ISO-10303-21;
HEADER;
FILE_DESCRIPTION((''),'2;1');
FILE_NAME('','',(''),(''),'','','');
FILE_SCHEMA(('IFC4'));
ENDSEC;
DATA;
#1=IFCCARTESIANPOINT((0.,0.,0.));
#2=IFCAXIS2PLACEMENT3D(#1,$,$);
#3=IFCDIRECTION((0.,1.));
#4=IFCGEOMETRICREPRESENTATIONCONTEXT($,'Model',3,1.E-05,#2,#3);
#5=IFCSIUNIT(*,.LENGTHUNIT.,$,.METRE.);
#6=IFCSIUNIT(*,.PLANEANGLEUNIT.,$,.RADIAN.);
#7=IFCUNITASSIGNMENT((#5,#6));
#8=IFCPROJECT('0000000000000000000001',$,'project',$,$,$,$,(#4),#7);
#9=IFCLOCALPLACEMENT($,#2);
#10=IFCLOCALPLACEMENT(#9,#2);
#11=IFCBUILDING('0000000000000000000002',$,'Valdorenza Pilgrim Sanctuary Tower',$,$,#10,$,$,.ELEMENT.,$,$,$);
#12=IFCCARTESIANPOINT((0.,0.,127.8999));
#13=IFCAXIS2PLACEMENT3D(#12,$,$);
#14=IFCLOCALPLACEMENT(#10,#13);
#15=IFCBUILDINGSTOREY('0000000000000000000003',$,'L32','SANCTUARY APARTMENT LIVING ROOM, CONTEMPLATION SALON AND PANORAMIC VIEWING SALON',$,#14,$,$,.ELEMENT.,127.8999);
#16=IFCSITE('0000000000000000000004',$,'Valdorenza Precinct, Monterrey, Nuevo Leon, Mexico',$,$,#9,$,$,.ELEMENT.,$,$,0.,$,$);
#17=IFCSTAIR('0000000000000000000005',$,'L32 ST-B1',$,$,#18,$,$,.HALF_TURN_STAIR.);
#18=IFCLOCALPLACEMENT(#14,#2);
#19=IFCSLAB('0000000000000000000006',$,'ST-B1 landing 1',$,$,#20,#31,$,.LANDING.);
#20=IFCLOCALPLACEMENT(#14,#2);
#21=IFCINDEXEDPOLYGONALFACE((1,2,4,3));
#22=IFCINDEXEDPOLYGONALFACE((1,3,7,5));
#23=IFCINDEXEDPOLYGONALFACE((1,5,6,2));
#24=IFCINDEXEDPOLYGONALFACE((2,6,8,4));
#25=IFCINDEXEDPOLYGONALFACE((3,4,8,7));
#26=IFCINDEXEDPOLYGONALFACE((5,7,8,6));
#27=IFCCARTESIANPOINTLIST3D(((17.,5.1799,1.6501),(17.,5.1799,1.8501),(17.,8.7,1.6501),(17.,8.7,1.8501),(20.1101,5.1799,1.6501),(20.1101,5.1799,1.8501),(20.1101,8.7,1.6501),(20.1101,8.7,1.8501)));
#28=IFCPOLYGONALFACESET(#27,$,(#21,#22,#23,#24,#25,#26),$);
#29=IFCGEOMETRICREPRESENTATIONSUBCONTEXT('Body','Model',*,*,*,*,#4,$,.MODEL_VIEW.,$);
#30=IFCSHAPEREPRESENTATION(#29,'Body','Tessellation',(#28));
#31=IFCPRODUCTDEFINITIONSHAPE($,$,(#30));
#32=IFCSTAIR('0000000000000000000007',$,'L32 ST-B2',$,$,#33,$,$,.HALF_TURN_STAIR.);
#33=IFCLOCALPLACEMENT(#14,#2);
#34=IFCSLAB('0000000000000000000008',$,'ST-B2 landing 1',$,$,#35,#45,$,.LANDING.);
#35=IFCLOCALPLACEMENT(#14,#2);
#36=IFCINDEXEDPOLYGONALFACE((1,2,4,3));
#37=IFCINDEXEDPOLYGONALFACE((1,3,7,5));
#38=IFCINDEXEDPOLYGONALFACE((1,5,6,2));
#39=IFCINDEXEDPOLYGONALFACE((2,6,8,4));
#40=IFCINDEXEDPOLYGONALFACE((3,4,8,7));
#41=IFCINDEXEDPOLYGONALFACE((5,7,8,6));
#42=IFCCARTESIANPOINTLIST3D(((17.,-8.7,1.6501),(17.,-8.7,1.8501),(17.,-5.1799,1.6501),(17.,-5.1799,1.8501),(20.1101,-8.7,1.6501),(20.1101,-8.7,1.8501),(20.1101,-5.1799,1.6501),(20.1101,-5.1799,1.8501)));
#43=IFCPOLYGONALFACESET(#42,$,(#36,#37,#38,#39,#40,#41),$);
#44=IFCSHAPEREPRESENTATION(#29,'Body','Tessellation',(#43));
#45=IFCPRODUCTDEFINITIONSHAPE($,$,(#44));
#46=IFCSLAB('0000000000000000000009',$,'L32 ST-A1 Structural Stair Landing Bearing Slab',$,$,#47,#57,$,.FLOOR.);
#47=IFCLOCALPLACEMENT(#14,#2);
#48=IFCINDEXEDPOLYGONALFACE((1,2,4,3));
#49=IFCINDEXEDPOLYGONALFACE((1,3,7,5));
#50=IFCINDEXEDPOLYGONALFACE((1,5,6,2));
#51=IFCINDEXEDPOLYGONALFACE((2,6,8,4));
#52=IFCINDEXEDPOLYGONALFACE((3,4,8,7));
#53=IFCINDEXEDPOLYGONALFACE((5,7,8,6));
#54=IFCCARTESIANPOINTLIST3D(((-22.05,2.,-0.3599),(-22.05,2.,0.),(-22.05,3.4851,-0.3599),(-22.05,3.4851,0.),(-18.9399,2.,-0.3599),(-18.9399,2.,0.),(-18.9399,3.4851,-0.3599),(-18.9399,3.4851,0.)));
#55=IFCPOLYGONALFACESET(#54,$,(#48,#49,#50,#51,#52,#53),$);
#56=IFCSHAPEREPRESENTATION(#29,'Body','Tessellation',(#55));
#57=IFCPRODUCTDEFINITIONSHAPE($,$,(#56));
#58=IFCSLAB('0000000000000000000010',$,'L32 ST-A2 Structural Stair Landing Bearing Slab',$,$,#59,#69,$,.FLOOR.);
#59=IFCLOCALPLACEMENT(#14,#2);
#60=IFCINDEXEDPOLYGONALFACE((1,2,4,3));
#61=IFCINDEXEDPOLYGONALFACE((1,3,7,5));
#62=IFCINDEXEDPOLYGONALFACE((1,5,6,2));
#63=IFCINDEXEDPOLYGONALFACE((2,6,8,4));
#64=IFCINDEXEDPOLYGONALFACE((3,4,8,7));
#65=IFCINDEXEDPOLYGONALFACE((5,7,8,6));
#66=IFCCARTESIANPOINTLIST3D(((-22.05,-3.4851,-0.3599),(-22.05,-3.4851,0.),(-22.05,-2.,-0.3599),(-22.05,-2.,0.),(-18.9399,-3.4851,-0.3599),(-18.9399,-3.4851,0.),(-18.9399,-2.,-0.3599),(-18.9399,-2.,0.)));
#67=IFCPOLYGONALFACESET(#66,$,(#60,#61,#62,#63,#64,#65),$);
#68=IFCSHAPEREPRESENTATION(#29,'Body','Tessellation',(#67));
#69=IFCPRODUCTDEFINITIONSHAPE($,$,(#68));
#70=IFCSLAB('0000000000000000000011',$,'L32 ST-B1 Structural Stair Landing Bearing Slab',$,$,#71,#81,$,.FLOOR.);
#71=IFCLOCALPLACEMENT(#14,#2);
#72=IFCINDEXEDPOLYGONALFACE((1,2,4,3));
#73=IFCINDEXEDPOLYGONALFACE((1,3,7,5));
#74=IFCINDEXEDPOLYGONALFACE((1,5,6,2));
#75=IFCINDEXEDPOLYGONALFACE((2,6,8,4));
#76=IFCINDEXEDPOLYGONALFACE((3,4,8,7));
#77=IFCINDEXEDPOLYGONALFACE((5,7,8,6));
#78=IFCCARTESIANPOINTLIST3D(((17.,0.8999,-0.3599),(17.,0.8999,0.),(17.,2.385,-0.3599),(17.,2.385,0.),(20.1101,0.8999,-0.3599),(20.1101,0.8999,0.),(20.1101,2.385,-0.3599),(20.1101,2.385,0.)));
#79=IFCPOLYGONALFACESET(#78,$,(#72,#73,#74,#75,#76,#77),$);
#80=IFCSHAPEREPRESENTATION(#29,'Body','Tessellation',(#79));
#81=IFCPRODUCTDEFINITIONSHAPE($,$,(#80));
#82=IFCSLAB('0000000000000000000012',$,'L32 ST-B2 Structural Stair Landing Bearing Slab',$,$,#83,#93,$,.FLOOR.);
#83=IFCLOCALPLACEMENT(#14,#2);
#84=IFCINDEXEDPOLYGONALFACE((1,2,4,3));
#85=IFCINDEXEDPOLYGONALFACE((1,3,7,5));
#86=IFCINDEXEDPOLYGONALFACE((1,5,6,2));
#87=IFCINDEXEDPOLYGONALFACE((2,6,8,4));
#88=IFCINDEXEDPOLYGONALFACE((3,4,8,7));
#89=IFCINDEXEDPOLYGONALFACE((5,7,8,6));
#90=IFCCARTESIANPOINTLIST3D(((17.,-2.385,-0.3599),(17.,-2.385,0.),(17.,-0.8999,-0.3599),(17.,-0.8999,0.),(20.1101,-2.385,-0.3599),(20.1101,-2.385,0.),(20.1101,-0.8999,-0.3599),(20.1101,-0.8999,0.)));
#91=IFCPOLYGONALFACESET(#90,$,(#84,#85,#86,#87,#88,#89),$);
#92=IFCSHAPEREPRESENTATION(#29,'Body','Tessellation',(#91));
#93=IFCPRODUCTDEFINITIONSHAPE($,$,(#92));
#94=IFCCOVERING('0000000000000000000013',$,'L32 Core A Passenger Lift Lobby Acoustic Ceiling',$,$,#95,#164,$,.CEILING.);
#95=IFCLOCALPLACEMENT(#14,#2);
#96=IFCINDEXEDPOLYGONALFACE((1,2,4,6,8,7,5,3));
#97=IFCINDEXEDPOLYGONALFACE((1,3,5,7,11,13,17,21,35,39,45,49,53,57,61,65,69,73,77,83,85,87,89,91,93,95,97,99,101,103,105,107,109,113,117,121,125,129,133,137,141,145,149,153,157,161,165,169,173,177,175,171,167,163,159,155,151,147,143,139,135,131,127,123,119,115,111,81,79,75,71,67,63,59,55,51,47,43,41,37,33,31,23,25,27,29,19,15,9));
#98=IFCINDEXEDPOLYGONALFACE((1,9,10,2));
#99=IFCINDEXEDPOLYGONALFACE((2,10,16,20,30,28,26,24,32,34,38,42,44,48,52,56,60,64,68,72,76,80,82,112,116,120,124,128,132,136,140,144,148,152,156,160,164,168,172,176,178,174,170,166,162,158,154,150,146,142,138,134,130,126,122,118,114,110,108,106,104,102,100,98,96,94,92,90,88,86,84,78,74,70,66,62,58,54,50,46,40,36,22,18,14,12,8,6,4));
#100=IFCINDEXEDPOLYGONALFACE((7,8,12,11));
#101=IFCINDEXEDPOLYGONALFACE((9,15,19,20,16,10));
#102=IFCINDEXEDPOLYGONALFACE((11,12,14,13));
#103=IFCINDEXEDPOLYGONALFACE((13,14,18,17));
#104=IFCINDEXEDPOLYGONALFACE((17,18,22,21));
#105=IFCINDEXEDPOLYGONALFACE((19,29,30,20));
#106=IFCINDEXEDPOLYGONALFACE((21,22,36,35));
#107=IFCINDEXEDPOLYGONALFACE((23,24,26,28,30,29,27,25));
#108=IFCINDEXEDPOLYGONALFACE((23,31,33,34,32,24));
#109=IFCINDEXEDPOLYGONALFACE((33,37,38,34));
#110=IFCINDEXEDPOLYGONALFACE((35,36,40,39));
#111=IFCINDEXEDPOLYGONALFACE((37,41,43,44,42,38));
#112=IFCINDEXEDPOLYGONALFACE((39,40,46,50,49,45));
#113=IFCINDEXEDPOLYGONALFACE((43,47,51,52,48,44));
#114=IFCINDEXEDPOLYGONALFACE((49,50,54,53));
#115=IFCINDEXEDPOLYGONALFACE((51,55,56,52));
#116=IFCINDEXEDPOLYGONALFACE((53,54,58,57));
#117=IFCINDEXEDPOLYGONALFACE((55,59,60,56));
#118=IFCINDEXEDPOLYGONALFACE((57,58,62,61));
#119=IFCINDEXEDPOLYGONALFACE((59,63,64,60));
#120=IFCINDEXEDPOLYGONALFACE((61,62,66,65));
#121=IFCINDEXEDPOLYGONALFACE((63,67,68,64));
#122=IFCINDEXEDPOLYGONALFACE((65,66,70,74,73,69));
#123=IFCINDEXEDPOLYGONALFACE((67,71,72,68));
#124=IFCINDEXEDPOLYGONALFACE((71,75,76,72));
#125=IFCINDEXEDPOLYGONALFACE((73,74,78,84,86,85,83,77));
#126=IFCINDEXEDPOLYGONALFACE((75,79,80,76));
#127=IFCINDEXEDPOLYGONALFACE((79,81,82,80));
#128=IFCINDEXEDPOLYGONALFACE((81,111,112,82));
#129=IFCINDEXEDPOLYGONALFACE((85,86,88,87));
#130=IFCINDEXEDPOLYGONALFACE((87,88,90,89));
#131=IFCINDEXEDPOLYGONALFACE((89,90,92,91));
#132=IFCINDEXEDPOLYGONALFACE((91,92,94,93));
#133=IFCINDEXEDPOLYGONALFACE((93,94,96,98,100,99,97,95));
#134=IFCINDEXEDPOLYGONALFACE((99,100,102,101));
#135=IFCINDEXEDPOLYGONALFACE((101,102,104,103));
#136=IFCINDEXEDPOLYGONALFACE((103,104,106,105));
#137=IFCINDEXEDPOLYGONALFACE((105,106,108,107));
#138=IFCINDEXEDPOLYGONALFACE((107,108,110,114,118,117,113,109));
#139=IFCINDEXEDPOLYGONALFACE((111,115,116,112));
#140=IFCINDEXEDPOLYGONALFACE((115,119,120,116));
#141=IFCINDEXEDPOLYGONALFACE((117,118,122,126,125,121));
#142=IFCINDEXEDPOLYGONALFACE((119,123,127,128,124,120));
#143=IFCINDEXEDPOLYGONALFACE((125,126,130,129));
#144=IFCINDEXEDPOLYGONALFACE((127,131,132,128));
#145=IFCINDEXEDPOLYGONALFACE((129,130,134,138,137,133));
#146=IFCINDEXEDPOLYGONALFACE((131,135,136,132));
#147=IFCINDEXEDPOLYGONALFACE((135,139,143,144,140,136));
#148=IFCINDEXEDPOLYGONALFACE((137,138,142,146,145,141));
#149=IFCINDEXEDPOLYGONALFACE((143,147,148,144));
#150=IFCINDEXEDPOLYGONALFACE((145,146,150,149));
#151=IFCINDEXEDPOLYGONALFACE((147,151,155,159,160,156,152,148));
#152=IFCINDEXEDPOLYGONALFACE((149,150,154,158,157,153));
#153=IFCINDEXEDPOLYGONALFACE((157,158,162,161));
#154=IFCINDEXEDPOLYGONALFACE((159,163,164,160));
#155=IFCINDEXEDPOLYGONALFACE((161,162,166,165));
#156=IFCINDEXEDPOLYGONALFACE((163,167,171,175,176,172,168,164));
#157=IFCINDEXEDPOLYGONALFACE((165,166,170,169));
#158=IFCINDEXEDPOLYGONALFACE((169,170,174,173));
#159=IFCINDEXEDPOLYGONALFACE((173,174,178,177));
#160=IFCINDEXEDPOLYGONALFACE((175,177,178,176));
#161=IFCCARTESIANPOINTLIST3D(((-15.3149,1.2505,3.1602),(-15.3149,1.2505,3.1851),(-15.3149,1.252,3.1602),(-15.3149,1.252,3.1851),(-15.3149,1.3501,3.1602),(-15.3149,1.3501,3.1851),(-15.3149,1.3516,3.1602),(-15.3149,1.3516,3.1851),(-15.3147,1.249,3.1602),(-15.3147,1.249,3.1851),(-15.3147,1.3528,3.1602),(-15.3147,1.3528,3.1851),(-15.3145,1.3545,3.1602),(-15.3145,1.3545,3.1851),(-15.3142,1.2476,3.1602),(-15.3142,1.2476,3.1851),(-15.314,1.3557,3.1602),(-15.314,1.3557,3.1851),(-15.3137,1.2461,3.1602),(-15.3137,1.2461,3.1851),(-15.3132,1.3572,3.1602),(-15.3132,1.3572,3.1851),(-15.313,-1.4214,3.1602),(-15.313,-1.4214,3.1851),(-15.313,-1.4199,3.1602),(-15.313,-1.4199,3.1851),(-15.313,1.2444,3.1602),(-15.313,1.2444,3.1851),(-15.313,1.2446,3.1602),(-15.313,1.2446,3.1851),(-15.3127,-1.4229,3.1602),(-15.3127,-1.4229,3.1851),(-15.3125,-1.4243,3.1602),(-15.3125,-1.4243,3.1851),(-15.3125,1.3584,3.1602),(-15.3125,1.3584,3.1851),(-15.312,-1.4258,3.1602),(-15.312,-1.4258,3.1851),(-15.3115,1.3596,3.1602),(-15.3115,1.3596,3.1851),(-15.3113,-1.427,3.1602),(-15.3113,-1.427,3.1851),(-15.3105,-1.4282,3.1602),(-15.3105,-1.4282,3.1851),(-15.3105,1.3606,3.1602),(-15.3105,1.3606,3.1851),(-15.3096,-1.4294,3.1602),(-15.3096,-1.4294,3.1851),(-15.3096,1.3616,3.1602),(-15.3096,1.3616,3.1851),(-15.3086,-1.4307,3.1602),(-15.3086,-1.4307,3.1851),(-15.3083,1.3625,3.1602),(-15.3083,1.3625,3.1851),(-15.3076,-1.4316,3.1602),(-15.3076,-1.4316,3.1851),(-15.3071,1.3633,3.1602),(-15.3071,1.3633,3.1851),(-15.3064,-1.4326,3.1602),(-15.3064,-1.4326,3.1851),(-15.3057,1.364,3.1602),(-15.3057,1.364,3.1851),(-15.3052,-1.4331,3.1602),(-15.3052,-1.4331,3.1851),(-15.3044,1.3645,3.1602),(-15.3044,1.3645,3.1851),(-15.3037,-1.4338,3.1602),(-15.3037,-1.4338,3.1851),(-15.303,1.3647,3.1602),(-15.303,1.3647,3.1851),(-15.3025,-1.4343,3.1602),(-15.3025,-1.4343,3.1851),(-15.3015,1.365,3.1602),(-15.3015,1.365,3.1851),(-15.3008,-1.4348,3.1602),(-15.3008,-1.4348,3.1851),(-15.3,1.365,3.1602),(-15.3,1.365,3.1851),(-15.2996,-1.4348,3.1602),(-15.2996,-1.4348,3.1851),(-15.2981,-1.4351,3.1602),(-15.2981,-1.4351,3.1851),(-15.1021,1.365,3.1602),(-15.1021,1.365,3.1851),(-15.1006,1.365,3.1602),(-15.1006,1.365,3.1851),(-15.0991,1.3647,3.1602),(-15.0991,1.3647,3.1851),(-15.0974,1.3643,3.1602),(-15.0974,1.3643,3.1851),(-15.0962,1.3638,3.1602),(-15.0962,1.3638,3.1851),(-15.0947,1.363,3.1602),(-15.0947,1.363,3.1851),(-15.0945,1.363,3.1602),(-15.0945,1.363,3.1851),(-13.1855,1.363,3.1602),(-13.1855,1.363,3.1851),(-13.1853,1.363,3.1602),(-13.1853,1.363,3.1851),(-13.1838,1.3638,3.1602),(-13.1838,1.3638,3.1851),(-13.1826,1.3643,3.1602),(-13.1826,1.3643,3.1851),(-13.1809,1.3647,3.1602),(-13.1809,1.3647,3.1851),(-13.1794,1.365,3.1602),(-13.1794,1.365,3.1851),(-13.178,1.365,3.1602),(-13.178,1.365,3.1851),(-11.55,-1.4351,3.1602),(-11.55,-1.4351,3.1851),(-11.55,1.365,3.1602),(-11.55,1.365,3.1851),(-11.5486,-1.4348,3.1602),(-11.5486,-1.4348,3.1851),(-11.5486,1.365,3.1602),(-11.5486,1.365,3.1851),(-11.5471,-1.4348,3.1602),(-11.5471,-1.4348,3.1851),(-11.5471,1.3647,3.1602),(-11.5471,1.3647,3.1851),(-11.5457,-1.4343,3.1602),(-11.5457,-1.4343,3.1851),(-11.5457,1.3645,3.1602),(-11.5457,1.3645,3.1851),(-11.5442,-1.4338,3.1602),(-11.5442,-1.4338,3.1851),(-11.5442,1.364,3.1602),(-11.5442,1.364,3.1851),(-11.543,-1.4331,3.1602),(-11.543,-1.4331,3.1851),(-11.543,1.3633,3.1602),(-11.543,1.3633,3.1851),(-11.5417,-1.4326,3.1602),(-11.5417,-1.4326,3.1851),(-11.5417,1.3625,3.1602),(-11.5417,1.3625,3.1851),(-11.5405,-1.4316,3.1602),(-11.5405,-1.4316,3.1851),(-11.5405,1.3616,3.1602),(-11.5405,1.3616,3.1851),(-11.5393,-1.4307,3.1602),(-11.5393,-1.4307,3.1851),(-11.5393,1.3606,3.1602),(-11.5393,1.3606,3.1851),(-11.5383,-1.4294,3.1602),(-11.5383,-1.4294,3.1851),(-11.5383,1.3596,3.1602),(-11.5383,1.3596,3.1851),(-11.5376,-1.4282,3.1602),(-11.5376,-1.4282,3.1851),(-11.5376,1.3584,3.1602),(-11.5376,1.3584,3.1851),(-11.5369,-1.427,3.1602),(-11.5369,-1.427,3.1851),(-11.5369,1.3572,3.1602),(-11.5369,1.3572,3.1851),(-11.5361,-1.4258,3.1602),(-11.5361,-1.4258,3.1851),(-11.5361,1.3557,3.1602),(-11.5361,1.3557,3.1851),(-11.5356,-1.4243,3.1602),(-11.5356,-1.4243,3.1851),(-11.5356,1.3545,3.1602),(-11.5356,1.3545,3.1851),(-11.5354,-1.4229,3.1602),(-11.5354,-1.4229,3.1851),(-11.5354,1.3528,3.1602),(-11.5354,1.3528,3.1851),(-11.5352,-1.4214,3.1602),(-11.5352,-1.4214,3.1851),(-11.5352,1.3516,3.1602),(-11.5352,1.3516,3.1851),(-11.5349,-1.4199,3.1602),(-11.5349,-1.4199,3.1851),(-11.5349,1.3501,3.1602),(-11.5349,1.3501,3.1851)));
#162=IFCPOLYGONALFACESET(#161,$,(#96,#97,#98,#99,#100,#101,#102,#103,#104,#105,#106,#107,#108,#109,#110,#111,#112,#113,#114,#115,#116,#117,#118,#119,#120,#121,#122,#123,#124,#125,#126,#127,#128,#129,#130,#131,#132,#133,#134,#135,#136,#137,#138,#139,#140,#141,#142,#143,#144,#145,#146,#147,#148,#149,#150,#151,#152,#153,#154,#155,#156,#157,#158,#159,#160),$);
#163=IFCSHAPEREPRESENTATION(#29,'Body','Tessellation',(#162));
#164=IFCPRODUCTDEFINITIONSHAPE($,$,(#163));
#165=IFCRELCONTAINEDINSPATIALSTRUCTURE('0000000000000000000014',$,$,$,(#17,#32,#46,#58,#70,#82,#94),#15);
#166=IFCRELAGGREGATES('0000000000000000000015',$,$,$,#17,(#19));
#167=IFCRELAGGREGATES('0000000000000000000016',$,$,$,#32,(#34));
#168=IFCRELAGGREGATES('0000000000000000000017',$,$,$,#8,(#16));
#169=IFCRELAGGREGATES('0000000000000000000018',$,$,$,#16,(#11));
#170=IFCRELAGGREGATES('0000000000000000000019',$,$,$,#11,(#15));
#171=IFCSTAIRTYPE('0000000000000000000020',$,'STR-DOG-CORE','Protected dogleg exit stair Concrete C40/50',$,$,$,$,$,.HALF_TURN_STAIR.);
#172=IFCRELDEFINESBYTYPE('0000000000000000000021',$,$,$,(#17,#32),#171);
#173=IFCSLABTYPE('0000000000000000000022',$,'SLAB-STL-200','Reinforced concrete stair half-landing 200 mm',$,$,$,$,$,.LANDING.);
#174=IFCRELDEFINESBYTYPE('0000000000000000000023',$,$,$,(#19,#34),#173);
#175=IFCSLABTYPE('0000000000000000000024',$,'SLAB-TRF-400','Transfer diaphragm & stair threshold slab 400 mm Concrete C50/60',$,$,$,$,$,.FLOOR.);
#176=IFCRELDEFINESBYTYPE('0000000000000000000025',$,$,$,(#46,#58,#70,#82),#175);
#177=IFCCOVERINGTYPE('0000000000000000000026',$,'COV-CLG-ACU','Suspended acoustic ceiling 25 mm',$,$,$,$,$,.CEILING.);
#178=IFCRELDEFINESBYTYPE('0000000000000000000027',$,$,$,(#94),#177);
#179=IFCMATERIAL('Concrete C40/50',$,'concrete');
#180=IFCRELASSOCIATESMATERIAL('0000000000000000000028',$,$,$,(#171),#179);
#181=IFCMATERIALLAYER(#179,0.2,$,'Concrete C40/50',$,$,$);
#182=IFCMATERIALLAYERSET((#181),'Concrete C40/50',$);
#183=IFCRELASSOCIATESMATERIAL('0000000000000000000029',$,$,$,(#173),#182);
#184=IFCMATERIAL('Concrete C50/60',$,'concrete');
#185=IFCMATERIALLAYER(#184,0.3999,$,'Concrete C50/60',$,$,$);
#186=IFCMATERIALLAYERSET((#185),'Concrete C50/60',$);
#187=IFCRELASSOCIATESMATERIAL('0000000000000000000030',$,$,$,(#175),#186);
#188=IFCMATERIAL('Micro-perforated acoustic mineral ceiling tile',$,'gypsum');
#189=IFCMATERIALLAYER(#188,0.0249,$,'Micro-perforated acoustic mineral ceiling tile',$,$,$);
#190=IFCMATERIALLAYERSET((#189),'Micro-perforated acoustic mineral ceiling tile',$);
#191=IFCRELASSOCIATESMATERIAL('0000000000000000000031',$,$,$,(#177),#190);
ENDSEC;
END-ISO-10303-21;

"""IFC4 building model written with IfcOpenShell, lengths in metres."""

from ifc_helpers import new_model, si_unit, direction, frame, origin, place, context, subcontext, project, spatial, polyline, outline, extrude, material, layer, layer_set, type_object, element, aggregate, save


model = new_model("IFC4")

# Units and contexts
model_context = context("Model", 3, precision=1e-05, world=origin(), true_north=direction((0.0, 1.0)))
body_context = subcontext(model_context, "Body", "Model", "MODEL_VIEW")
ifc_project = project(units=[si_unit("LENGTHUNIT", "METRE"), si_unit("PLANEANGLEUNIT", "RADIAN")], contexts=[model_context])

# Site, building, storey
site_placement = place(None, origin())
site = spatial("IfcSite", under=ifc_project, at=site_placement, Name="Valdorenza Precinct, Monterrey, Nuevo Leon, Mexico", CompositionType="ELEMENT", RefElevation=0.0)
building_placement = place(site_placement, origin())
building = spatial("IfcBuilding", under=site, at=building_placement, Name="Valdorenza Pilgrim Sanctuary Tower", CompositionType="ELEMENT")
storey_placement = place(building_placement, frame((0.0, 0.0, 127.8999)))
storey = spatial("IfcBuildingStorey", under=building, at=storey_placement, Name="L32", Description="SANCTUARY APARTMENT LIVING ROOM, CONTEMPLATION SALON AND PANORAMIC VIEWING SALON", CompositionType="ELEMENT", Elevation=127.8999)

# Shared definitions
ifc_material_1 = material(Name="Concrete C40/50", Category="concrete")

# Stairs, slabs
stair_type = type_object("IfcStairType", Name="STR-DOG-CORE", Description="Protected dogleg exit stair Concrete C40/50", PredefinedType="HALF_TURN_STAIR", material=ifc_material_1)
ifc_layer_1 = layer(ifc_material_1, 0.2, Name="Concrete C40/50")
ifc_layer_set_1 = layer_set([ifc_layer_1], Name="Concrete C40/50")
slab_type_1 = type_object("IfcSlabType", Name="SLAB-STL-200", Description="Reinforced concrete stair half-landing 200 mm", PredefinedType="LANDING", material=ifc_layer_set_1)
stair_1_placement = place(storey_placement, origin())
stair_1 = element("IfcStair", 1, at=stair_1_placement, inside=storey, type_object=stair_type, Name="L32 ST-B1", PredefinedType="HALF_TURN_STAIR")
slab_1_placement = place(storey_placement, frame((0.0, 0.0, 1.6501)))
slab_1 = element("IfcSlab", 2, at=slab_1_placement, type_object=slab_type_1, Name="ST-B1 landing 1", PredefinedType="LANDING", context=body_context, shape_type="SweptSolid", body=[
    extrude(outline(polyline([(20.1101, 5.1799), (20.1101, 8.7), (17.0, 8.7), (17.0, 5.1799), (20.1101, 5.1799)])), origin(), (0.0, 0.0, 1.0), 0.2),
])
aggregate(stair_1, [slab_1])
stair_2_placement = place(storey_placement, origin())
stair_2 = element("IfcStair", 3, at=stair_2_placement, inside=storey, type_object=stair_type, Name="L32 ST-B2", PredefinedType="HALF_TURN_STAIR")
slab_2_placement = place(storey_placement, frame((0.0, 0.0, 1.6501)))
slab_2 = element("IfcSlab", 4, at=slab_2_placement, type_object=slab_type_1, Name="ST-B2 landing 1", PredefinedType="LANDING", context=body_context, shape_type="SweptSolid", body=[
    extrude(outline(polyline([(17.0, -5.1799), (17.0, -8.7), (20.1101, -8.7), (20.1101, -5.1799), (17.0, -5.1799)])), origin(), (0.0, 0.0, 1.0), 0.2),
])
aggregate(stair_2, [slab_2])

# Slabs
ifc_material_2 = material(Name="Concrete C50/60", Category="concrete")
ifc_layer_2 = layer(ifc_material_2, 0.3999, Name="Concrete C50/60")
ifc_layer_set_2 = layer_set([ifc_layer_2], Name="Concrete C50/60")
slab_type_2 = type_object("IfcSlabType", Name="SLAB-TRF-400", Description="Transfer diaphragm & stair threshold slab 400 mm Concrete C50/60", PredefinedType="FLOOR", material=ifc_layer_set_2)
slab_3_placement = place(storey_placement, frame((0.0, 0.0, -0.3599)))
element("IfcSlab", 5, at=slab_3_placement, inside=storey, type_object=slab_type_2, Name="L32 ST-A1 Structural Stair Landing Bearing Slab", PredefinedType="FLOOR", context=body_context, shape_type="SweptSolid", body=[
    extrude(outline(polyline([(-22.05, 2.0), (-18.9399, 2.0), (-18.9399, 3.4851), (-22.05, 3.4851), (-22.05, 2.0)])), origin(), (0.0, 0.0, 1.0), 0.3599),
])
slab_4_placement = place(storey_placement, frame((0.0, 0.0, -0.3599)))
element("IfcSlab", 6, at=slab_4_placement, inside=storey, type_object=slab_type_2, Name="L32 ST-A2 Structural Stair Landing Bearing Slab", PredefinedType="FLOOR", context=body_context, shape_type="SweptSolid", body=[
    extrude(outline(polyline([(-22.05, -3.4851), (-18.9399, -3.4851), (-18.9399, -2.0), (-22.05, -2.0), (-22.05, -3.4851)])), origin(), (0.0, 0.0, 1.0), 0.3599),
])
slab_5_placement = place(storey_placement, frame((0.0, 0.0, -0.3599)))
element("IfcSlab", 7, at=slab_5_placement, inside=storey, type_object=slab_type_2, Name="L32 ST-B1 Structural Stair Landing Bearing Slab", PredefinedType="FLOOR", context=body_context, shape_type="SweptSolid", body=[
    extrude(outline(polyline([(17.0, 0.8999), (20.1101, 0.8999), (20.1101, 2.385), (17.0, 2.385), (17.0, 0.8999)])), origin(), (0.0, 0.0, 1.0), 0.3599),
])
slab_6_placement = place(storey_placement, frame((0.0, 0.0, -0.3599)))
element("IfcSlab", 8, at=slab_6_placement, inside=storey, type_object=slab_type_2, Name="L32 ST-B2 Structural Stair Landing Bearing Slab", PredefinedType="FLOOR", context=body_context, shape_type="SweptSolid", body=[
    extrude(outline(polyline([(17.0, -2.385), (20.1101, -2.385), (20.1101, -0.8999), (17.0, -0.8999), (17.0, -2.385)])), origin(), (0.0, 0.0, 1.0), 0.3599),
])

# Covering
ifc_material_3 = material(Name="Micro-perforated acoustic mineral ceiling tile", Category="gypsum")
ifc_layer_3 = layer(ifc_material_3, 0.0249, Name="Micro-perforated acoustic mineral ceiling tile")
ifc_layer_set_3 = layer_set([ifc_layer_3], Name="Micro-perforated acoustic mineral ceiling tile")
covering_type_1 = type_object("IfcCoveringType", Name="COV-CLG-ACU", Description="Suspended acoustic ceiling 25 mm", PredefinedType="CEILING", material=ifc_layer_set_3)
covering_1_placement = place(storey_placement, frame((0.0, 0.0, 3.1602)))
element("IfcCovering", 9, at=covering_1_placement, inside=storey, type_object=covering_type_1, Name="L32 Core A Passenger Lift Lobby Acoustic Ceiling", PredefinedType="CEILING", context=body_context, shape_type="SweptSolid", body=[
    extrude(outline(polyline([(-15.313, 1.2444), (-15.313, 1.2446), (-15.3137, 1.2461), (-15.3142, 1.2476), (-15.3147, 1.249), (-15.3149, 1.2505), (-15.3149, 1.252), (-15.3149, 1.3501), (-15.3149, 1.3516), (-15.3147, 1.3528), (-15.3145, 1.3545), (-15.314, 1.3557), (-15.3132, 1.3572), (-15.3125, 1.3584), (-15.3115, 1.3596), (-15.3105, 1.3606), (-15.3096, 1.3616), (-15.3083, 1.3625), (-15.3071, 1.3633), (-15.3057, 1.364), (-15.3044, 1.3645), (-15.303, 1.3647), (-15.3015, 1.365), (-15.3, 1.365), (-15.1021, 1.365), (-15.1006, 1.365), (-15.0991, 1.3647), (-15.0974, 1.3643), (-15.0962, 1.3638), (-15.0947, 1.363), (-15.0945, 1.363), (-13.1855, 1.363), (-13.1853, 1.363), (-13.1838, 1.3638), (-13.1826, 1.3643), (-13.1809, 1.3647), (-13.1794, 1.365), (-13.178, 1.365), (-11.55, 1.365), (-11.5486, 1.365), (-11.5471, 1.3647), (-11.5457, 1.3645), (-11.5442, 1.364), (-11.543, 1.3633), (-11.5417, 1.3625), (-11.5405, 1.3616), (-11.5393, 1.3606), (-11.5383, 1.3596), (-11.5376, 1.3584), (-11.5369, 1.3572), (-11.5361, 1.3557), (-11.5356, 1.3545), (-11.5354, 1.3528), (-11.5352, 1.3516), (-11.5349, 1.3501), (-11.5349, -1.4199), (-11.5352, -1.4214), (-11.5354, -1.4229), (-11.5356, -1.4243), (-11.5361, -1.4258), (-11.5369, -1.427), (-11.5376, -1.4282), (-11.5383, -1.4294), (-11.5393, -1.4307), (-11.5405, -1.4316), (-11.5417, -1.4326), (-11.543, -1.4331), (-11.5442, -1.4338), (-11.5457, -1.4343), (-11.5471, -1.4348), (-11.5486, -1.4348), (-11.55, -1.4351), (-15.2981, -1.4351), (-15.2996, -1.4348), (-15.3008, -1.4348), (-15.3025, -1.4343), (-15.3037, -1.4338), (-15.3052, -1.4331), (-15.3064, -1.4326), (-15.3076, -1.4316), (-15.3086, -1.4307), (-15.3096, -1.4294), (-15.3105, -1.4282), (-15.3113, -1.427), (-15.312, -1.4258), (-15.3125, -1.4243), (-15.3127, -1.4229), (-15.313, -1.4214), (-15.313, -1.4199), (-15.313, 1.2444)])), origin(), (0.0, 0.0, 1.0), 0.0249),
])

save(model, "model.ifc")
